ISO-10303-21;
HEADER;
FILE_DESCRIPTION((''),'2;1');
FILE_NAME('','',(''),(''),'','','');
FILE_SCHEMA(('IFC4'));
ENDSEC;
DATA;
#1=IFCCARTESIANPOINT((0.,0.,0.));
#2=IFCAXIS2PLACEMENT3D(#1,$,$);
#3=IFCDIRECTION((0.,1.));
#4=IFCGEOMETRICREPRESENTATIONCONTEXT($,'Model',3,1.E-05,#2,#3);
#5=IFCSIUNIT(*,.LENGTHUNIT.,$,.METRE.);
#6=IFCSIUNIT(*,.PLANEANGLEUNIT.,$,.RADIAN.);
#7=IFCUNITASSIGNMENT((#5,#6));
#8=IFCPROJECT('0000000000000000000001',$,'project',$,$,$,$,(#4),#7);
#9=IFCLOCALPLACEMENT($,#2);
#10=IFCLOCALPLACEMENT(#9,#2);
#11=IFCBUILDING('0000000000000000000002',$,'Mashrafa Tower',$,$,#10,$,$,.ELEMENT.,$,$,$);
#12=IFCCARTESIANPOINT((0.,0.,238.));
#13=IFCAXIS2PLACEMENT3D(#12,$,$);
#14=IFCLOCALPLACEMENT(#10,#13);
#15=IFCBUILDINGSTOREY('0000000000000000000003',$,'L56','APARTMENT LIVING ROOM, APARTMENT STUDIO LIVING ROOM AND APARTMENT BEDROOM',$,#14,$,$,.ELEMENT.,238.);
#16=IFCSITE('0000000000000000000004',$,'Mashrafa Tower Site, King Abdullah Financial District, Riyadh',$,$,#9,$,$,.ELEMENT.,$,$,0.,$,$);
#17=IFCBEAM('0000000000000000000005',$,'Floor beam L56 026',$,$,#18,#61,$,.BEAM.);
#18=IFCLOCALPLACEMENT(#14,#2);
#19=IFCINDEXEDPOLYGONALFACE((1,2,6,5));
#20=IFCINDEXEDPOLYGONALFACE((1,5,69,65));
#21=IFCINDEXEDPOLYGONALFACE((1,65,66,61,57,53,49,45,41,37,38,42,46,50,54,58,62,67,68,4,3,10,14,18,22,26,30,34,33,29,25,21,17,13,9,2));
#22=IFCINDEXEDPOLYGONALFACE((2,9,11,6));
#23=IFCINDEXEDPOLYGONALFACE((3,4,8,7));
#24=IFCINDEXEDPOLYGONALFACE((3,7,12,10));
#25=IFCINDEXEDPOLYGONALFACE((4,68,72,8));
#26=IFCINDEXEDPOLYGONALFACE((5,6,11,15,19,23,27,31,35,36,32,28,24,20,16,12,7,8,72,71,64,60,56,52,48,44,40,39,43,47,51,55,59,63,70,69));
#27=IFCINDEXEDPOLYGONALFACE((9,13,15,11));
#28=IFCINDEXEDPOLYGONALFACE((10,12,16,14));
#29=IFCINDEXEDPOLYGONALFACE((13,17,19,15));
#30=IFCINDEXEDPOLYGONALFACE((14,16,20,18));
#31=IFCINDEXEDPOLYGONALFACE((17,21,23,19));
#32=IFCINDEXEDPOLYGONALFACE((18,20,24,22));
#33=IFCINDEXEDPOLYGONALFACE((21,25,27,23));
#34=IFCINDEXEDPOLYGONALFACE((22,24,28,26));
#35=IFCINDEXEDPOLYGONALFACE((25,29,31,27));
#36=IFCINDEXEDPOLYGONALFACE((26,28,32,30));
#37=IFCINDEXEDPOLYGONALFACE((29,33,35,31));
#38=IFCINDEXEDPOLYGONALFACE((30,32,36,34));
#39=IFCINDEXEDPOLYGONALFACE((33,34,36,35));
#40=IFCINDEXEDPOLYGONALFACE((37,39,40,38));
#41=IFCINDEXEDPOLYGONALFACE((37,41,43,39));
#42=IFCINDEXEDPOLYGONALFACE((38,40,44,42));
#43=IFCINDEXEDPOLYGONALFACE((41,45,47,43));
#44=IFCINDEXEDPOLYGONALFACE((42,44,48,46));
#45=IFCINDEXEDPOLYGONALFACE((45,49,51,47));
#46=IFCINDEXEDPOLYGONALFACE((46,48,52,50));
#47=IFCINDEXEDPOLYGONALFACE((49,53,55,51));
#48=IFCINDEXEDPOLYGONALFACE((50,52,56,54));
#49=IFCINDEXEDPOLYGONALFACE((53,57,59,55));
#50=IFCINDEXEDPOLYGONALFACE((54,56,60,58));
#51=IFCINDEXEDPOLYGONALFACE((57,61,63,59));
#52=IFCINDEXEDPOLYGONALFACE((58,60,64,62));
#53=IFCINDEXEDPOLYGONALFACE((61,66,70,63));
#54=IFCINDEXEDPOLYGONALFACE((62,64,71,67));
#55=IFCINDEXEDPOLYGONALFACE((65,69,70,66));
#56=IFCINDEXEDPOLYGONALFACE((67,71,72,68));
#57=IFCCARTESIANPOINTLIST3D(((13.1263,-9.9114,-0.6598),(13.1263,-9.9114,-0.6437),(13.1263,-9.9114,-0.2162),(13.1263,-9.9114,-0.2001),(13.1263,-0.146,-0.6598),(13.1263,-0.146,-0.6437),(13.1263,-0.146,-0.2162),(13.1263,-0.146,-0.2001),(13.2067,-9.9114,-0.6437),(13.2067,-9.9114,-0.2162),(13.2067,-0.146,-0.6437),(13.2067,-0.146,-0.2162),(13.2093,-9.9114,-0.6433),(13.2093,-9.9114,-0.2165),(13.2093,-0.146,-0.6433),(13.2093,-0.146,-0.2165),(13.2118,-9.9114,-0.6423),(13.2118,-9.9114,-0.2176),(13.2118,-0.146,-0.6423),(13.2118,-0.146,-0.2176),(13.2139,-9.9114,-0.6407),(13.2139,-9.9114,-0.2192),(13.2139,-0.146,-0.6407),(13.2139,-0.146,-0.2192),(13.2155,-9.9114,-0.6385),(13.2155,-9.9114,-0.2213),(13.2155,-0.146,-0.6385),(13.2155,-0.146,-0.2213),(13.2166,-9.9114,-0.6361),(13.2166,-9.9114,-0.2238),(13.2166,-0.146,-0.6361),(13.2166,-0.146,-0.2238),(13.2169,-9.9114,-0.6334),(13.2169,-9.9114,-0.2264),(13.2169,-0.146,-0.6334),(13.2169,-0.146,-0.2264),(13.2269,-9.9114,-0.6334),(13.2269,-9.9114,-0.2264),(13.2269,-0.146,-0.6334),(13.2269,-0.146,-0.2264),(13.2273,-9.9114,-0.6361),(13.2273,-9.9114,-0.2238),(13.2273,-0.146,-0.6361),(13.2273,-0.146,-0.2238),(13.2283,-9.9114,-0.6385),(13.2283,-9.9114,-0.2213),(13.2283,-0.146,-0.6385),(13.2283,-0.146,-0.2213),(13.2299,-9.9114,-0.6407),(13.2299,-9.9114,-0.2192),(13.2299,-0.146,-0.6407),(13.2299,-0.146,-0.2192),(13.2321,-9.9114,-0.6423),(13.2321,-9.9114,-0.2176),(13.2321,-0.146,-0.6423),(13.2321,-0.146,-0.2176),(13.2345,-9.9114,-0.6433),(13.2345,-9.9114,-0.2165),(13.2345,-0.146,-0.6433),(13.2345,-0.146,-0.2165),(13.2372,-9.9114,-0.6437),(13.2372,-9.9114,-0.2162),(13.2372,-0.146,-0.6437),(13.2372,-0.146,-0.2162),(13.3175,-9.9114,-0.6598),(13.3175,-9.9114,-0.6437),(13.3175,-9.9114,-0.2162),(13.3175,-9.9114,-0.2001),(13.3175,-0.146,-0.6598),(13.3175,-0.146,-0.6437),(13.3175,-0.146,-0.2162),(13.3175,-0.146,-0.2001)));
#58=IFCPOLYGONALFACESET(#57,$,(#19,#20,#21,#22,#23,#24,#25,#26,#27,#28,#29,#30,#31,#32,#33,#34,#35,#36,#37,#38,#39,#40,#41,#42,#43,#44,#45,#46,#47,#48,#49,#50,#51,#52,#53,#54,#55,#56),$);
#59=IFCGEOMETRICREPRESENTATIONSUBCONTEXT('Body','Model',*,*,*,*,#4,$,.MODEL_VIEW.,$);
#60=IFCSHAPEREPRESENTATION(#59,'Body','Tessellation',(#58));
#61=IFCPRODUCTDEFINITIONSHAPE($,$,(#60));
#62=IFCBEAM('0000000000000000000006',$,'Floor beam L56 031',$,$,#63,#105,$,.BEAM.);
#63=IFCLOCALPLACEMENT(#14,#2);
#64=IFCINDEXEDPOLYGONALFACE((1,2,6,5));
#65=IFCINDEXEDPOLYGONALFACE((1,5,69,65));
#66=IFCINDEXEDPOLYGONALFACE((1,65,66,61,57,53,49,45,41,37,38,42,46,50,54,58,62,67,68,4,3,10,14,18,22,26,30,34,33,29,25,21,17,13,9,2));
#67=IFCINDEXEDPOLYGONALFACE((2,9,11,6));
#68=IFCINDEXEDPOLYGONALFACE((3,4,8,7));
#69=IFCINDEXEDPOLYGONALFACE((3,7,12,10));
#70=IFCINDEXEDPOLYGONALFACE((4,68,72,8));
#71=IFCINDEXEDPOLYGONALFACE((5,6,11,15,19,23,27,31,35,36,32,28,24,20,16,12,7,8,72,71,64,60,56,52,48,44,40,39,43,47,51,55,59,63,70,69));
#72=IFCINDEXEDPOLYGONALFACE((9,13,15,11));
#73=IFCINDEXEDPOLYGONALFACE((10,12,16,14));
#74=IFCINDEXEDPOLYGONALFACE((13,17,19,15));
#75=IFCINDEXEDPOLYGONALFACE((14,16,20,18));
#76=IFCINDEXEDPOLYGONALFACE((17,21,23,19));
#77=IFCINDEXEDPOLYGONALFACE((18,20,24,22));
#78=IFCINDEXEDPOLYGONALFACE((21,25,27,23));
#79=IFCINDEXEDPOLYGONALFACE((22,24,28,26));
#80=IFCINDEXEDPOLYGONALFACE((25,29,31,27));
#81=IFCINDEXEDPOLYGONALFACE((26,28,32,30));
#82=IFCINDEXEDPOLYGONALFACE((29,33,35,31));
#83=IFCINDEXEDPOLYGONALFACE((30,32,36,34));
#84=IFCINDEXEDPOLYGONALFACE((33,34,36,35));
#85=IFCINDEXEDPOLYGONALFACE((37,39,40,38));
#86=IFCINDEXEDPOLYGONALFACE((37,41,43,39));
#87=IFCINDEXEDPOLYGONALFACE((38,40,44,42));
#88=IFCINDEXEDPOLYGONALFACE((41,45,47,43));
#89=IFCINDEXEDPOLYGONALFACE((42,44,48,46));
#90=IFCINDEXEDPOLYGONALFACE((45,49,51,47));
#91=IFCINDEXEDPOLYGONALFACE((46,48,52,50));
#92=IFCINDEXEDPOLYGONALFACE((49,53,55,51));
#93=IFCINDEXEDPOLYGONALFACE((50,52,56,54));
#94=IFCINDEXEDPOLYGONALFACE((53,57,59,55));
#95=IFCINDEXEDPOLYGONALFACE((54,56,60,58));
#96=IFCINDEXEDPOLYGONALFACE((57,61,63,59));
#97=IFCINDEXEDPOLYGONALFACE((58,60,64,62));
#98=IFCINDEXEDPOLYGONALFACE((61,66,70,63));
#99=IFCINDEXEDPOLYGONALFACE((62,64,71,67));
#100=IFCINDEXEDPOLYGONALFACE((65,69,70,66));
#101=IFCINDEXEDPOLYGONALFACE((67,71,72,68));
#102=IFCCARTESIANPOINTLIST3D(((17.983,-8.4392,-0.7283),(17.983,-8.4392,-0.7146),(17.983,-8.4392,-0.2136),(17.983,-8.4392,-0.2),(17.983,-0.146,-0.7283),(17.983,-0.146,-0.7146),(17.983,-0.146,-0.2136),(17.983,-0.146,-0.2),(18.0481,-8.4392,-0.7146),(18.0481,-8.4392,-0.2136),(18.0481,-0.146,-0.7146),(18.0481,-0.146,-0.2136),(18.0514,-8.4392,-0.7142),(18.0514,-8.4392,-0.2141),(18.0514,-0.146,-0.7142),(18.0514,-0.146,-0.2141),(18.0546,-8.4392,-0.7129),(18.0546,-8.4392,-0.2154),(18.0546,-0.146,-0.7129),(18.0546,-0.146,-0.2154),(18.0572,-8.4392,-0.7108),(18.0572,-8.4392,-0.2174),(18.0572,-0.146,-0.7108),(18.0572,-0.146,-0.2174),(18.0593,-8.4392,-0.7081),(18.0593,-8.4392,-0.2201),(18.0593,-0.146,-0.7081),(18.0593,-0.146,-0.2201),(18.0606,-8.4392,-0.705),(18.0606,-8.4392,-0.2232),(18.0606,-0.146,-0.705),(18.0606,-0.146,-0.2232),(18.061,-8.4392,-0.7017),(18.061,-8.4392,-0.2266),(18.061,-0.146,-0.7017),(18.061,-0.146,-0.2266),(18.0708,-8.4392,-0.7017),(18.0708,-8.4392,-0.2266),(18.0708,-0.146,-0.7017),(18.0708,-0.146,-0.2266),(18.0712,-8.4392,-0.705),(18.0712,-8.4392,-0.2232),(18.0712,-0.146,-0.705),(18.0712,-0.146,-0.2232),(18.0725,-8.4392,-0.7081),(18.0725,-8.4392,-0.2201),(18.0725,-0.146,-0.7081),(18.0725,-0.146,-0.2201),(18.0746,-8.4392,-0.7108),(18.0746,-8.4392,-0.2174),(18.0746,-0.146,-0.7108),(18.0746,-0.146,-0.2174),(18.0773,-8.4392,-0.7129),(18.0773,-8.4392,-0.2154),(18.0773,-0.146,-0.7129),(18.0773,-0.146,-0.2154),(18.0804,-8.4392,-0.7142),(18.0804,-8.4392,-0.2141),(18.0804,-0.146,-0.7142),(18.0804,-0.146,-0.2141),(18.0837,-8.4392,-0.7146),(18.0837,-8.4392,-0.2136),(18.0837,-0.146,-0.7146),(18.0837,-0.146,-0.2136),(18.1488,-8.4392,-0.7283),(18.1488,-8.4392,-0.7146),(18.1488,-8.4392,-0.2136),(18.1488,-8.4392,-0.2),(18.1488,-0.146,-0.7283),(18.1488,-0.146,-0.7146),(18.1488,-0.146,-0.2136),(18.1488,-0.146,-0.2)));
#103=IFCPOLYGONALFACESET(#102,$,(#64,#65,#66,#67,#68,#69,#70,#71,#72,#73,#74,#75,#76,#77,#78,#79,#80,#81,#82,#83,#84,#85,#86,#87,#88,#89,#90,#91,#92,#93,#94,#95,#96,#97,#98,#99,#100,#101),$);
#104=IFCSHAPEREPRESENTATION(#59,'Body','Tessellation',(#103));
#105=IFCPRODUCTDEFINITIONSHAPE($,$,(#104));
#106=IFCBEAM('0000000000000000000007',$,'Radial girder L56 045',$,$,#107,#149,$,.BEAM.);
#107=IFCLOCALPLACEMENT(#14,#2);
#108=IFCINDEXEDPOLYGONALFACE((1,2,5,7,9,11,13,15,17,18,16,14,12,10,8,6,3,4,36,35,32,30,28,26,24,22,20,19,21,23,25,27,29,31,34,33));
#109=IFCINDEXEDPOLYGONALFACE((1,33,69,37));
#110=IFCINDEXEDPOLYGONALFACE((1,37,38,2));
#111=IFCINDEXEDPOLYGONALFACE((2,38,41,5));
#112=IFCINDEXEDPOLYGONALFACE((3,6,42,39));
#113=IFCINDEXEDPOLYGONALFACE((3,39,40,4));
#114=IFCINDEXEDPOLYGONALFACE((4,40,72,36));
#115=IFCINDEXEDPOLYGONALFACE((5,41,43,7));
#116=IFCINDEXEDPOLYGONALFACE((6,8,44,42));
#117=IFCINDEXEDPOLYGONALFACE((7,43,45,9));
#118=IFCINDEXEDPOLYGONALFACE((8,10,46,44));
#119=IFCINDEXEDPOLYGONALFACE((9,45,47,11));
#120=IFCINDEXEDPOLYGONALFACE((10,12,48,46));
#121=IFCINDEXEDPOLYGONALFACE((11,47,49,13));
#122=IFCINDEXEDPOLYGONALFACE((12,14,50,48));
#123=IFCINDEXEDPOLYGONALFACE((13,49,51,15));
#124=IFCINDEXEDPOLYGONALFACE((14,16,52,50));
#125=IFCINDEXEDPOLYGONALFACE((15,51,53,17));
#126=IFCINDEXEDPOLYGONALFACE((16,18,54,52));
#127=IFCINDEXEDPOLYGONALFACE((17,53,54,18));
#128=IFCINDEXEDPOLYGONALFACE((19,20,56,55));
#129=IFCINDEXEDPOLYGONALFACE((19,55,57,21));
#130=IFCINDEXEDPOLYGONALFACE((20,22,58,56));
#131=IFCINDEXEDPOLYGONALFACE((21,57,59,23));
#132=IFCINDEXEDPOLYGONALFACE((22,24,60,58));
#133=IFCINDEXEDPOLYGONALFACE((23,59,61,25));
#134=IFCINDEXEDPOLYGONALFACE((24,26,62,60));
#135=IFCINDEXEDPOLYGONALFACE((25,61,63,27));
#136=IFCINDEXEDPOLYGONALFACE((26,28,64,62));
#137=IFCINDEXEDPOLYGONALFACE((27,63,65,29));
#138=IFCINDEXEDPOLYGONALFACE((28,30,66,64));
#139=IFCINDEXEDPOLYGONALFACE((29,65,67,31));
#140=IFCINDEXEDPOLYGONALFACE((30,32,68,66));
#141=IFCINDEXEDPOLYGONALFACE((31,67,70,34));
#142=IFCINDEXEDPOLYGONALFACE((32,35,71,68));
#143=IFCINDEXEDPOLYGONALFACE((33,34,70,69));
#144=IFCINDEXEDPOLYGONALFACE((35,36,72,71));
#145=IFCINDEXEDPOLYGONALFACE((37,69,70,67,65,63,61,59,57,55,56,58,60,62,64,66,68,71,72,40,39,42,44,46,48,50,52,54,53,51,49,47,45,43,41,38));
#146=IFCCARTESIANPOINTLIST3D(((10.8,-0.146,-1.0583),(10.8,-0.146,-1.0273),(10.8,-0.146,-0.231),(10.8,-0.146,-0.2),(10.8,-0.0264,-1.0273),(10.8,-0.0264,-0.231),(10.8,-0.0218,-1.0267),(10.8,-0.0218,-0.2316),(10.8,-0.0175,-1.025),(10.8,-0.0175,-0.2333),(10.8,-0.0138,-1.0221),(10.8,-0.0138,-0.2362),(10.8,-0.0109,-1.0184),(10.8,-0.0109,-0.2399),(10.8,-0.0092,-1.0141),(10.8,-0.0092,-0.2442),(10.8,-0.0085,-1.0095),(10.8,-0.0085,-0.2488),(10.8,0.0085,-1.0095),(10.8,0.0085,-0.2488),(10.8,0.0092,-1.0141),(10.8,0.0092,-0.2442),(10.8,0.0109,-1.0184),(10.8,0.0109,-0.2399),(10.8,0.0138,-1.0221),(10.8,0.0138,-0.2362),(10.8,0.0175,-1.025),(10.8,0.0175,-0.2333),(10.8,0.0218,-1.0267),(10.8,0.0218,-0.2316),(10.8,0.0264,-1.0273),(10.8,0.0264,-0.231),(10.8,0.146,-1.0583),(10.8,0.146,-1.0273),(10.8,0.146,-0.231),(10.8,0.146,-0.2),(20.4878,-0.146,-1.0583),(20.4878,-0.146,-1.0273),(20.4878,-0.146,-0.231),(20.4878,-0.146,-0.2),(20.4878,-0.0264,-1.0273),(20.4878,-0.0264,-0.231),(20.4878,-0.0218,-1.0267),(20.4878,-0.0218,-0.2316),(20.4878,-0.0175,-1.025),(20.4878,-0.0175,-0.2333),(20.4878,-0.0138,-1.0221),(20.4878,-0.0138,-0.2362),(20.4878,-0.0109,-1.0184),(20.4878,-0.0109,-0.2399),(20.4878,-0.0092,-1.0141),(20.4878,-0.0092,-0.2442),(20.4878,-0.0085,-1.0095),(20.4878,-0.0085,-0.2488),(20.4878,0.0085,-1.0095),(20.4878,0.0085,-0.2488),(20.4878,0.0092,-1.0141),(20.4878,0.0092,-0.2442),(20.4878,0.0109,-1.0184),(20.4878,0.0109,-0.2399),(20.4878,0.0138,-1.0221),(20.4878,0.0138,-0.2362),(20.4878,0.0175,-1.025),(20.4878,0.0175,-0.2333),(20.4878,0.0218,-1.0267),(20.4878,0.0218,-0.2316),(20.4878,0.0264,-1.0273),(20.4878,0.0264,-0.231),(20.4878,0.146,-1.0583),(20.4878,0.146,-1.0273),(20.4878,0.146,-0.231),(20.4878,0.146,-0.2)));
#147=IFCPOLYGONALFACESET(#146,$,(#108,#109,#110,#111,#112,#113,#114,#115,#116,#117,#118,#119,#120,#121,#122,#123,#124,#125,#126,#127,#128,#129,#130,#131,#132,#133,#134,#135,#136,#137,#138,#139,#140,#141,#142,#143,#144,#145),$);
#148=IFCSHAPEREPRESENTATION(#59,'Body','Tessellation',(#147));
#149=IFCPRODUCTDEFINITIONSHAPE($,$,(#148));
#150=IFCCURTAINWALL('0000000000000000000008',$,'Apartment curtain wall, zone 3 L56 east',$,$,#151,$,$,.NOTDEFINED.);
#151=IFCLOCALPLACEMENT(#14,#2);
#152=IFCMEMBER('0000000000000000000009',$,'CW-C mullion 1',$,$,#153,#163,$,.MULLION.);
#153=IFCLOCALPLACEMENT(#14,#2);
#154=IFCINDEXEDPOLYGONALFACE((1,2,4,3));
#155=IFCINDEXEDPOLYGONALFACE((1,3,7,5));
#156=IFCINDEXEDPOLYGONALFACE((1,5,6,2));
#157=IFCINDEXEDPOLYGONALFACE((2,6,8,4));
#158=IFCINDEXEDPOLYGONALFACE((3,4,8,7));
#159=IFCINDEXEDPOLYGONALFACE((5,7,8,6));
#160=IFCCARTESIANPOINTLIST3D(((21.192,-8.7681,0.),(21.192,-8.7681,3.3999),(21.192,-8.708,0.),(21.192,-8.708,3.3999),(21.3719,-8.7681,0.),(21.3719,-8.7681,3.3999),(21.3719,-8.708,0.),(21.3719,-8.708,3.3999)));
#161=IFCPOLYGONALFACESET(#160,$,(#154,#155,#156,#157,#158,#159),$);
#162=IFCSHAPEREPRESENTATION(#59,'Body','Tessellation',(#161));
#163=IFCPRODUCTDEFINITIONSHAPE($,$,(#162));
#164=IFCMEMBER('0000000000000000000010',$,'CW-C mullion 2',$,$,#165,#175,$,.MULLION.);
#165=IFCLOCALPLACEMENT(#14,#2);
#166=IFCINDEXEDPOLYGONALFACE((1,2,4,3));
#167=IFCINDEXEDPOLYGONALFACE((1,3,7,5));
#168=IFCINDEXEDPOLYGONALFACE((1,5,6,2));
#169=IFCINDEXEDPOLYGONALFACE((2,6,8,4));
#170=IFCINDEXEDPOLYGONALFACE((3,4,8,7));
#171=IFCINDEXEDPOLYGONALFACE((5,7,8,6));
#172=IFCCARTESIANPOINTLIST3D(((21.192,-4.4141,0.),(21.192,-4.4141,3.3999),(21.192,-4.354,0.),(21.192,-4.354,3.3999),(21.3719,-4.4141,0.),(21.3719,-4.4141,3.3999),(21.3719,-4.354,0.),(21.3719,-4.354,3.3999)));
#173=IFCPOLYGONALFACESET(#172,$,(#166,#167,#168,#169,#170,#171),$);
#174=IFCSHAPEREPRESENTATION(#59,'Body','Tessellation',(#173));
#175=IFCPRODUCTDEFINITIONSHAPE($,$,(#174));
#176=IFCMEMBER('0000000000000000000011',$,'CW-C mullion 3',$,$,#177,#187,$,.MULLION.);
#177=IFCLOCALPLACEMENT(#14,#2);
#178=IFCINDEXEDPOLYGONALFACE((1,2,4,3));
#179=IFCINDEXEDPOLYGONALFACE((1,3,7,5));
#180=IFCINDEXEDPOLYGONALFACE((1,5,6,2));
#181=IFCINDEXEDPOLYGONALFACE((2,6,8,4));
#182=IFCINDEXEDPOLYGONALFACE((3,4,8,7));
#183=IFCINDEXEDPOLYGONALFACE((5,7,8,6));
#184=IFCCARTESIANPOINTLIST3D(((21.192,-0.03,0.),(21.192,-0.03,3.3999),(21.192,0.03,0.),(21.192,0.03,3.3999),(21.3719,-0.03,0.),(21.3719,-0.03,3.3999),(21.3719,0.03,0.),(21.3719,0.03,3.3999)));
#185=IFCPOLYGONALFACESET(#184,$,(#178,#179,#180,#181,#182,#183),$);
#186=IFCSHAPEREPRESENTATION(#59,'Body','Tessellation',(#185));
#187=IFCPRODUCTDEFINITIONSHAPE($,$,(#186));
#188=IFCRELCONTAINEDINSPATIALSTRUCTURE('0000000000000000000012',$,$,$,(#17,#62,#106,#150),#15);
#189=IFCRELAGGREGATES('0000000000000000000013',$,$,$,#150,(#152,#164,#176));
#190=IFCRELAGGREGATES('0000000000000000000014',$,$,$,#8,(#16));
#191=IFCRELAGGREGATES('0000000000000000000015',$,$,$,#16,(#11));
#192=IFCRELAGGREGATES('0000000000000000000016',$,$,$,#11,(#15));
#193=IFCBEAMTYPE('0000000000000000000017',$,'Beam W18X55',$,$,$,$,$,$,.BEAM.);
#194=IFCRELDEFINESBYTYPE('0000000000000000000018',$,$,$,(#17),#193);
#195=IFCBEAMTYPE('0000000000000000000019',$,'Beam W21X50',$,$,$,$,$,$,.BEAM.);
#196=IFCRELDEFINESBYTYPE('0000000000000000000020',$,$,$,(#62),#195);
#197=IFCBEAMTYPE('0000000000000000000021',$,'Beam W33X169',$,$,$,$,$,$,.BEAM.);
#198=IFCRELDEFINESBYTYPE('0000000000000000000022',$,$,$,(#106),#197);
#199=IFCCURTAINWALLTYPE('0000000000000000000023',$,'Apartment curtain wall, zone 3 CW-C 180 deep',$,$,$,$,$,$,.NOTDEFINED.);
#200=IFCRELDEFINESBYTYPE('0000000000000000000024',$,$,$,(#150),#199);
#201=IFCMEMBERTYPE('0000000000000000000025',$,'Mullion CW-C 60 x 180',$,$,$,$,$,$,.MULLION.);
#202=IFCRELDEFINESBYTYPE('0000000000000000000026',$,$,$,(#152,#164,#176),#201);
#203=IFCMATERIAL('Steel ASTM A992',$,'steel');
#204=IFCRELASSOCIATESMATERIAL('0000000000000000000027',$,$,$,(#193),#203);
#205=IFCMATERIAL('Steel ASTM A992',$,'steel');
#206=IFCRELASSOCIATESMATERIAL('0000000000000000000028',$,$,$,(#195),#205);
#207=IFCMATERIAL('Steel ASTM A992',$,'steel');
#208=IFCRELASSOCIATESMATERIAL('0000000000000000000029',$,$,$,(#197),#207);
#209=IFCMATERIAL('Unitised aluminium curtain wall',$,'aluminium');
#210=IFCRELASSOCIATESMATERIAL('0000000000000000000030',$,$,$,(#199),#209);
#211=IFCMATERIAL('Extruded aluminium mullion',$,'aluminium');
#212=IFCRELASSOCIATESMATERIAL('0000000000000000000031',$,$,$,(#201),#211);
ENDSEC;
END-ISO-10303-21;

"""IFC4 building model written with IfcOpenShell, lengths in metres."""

from ifc_helpers import new_model, si_unit, direction, frame, origin, origin_2d, place, context, subcontext, project, spatial, rectangle, i_section, extrude, source, transform, mapped, material, material_profile, profile_set, type_object, type_shapes, element, aggregate, save


model = new_model("IFC4")

# Units and contexts
model_context = context("Model", 3, precision=1e-05, world=origin(), true_north=direction((0.0, 1.0)))
body_context = subcontext(model_context, "Body", "Model", "MODEL_VIEW")
ifc_project = project(units=[si_unit("LENGTHUNIT", "METRE"), si_unit("PLANEANGLEUNIT", "RADIAN")], contexts=[model_context])

# Site, building, storey
site_placement = place(None, origin())
site = spatial("IfcSite", under=ifc_project, at=site_placement, Name="Mashrafa Tower Site, King Abdullah Financial District, Riyadh", CompositionType="ELEMENT", RefElevation=0.0)
building_placement = place(site_placement, origin())
building = spatial("IfcBuilding", under=site, at=building_placement, Name="Mashrafa Tower", CompositionType="ELEMENT")
storey_placement = place(building_placement, frame((0.0, 0.0, 238.0)))
storey = spatial("IfcBuildingStorey", under=building, at=storey_placement, Name="L56", Description="APARTMENT LIVING ROOM, APARTMENT STUDIO LIVING ROOM AND APARTMENT BEDROOM", CompositionType="ELEMENT", Elevation=238.0)

# Beams
ifc_material_1 = material(Name="Steel ASTM A992", Category="steel")
ifc_material_profile_1 = material_profile(ifc_material_1, i_section(OverallWidth=0.1912, OverallDepth=0.4597, WebThickness=0.01, FlangeThickness=0.0161, FilletRadius=0.0103, at=origin_2d()), Name="W18X55")
ifc_profile_set_1 = profile_set([ifc_material_profile_1], Name="Steel ASTM A992")
beam_type_1 = type_object("IfcBeamType", Name="Beam W18X55", PredefinedType="BEAM", material=ifc_profile_set_1)
beam_1_placement = place(storey_placement, frame((13.2219, -0.146, -0.4299), z_axis=(0.0, -1.0, 0.0), x_axis=(1.0, 0.0, 0.0)))
element("IfcBeam", 1, at=beam_1_placement, inside=storey, type_object=beam_type_1, Name="Floor beam L56 026", PredefinedType="BEAM", context=body_context, shape_type="SweptSolid", body=[
    extrude(i_section(OverallWidth=0.1912, OverallDepth=0.4597, WebThickness=0.01, FlangeThickness=0.0161, FilletRadius=0.0103, at=origin_2d()), origin(), (0.0, 0.0, 1.0), 9.7654),
])
ifc_material_2 = material(Name="Steel ASTM A992", Category="steel")
ifc_material_profile_2 = material_profile(ifc_material_2, i_section(OverallWidth=0.1658, OverallDepth=0.5283, WebThickness=0.0098, FlangeThickness=0.0137, FilletRadius=0.0129, at=origin_2d()), Name="W21X50")
ifc_profile_set_2 = profile_set([ifc_material_profile_2], Name="Steel ASTM A992")
beam_type_2 = type_object("IfcBeamType", Name="Beam W21X50", PredefinedType="BEAM", material=ifc_profile_set_2)
beam_2_placement = place(storey_placement, frame((18.0659, -0.146, -0.4641), z_axis=(0.0, -1.0, 0.0), x_axis=(1.0, 0.0, 0.0)))
element("IfcBeam", 2, at=beam_2_placement, inside=storey, type_object=beam_type_2, Name="Floor beam L56 031", PredefinedType="BEAM", context=body_context, shape_type="SweptSolid", body=[
    extrude(i_section(OverallWidth=0.1658, OverallDepth=0.5283, WebThickness=0.0098, FlangeThickness=0.0137, FilletRadius=0.0129, at=origin_2d()), origin(), (0.0, 0.0, 1.0), 8.2932),
])
ifc_material_3 = material(Name="Steel ASTM A992", Category="steel")
ifc_material_profile_3 = material_profile(ifc_material_3, i_section(OverallWidth=0.292, OverallDepth=0.8584, WebThickness=0.0171, FlangeThickness=0.031, FilletRadius=0.0178, at=origin_2d()), Name="W33X169")
ifc_profile_set_3 = profile_set([ifc_material_profile_3], Name="Steel ASTM A992")
beam_type_3 = type_object("IfcBeamType", Name="Beam W33X169", PredefinedType="BEAM", material=ifc_profile_set_3)
beam_3_placement = place(storey_placement, frame((10.8, 0.0, -0.6292), z_axis=(1.0, 0.0, 0.0), x_axis=(0.0, 1.0, 0.0)))
element("IfcBeam", 3, at=beam_3_placement, inside=storey, type_object=beam_type_3, Name="Radial girder L56 045", PredefinedType="BEAM", context=body_context, shape_type="SweptSolid", body=[
    extrude(i_section(OverallWidth=0.292, OverallDepth=0.8584, WebThickness=0.0171, FlangeThickness=0.031, FilletRadius=0.0178, at=origin_2d()), origin(), (0.0, 0.0, 1.0), 9.6877),
])

# Curtain wall, members
ifc_material_4 = material(Name="Unitised aluminium curtain wall", Category="aluminium")
curtain_wall_type = type_object("IfcCurtainWallType", Name="Apartment curtain wall, zone 3 CW-C 180 deep", PredefinedType="NOTDEFINED", material=ifc_material_4)
curtain_wall_1_placement = place(storey_placement, origin())
curtain_wall_1 = element("IfcCurtainWall", 4, at=curtain_wall_1_placement, inside=storey, type_object=curtain_wall_type, Name="Apartment curtain wall, zone 3 L56 east", PredefinedType="NOTDEFINED")
ifc_material_5 = material(Name="Extruded aluminium mullion", Category="aluminium")
ifc_material_profile_4 = material_profile(ifc_material_5, rectangle(XDim=0.1799, YDim=0.0601, at=origin_2d()), Name="Mullion 60x180")
ifc_profile_set_4 = profile_set([ifc_material_profile_4], Name="Extruded aluminium mullion")
member_type_1 = type_object("IfcMemberType", Name="Mullion CW-C 60 x 180", PredefinedType="MULLION", material=ifc_profile_set_4)
shared_shape_1 = source(origin(), body_context, "Body", "SweptSolid", [
    extrude(rectangle(XDim=0.1799, YDim=0.0601, at=origin_2d()), origin(), (0.0, 0.0, 1.0), 3.3999),
])
type_shapes(member_type_1, [shared_shape_1])
member_1_placement = place(storey_placement, frame((21.282, -8.738, 0.0), z_axis=(0.0, 0.0, 1.0), x_axis=(-1.0, 0.0, 0.0)))
member_1 = element("IfcMember", 5, at=member_1_placement, type_object=member_type_1, Name="CW-C mullion 1", PredefinedType="MULLION", context=body_context, shape_type="MappedRepresentation", body=[
    mapped(shared_shape_1, transform((0.0, 0.0, 0.0))),
])
member_2_placement = place(storey_placement, frame((21.282, -4.384, 0.0), z_axis=(0.0, 0.0, 1.0), x_axis=(-1.0, 0.0, 0.0)))
member_2 = element("IfcMember", 6, at=member_2_placement, type_object=member_type_1, Name="CW-C mullion 2", PredefinedType="MULLION", context=body_context, shape_type="MappedRepresentation", body=[
    mapped(shared_shape_1, transform((0.0, 0.0, 0.0))),
])
member_3_placement = place(storey_placement, frame((21.282, 0.0, 0.0), z_axis=(0.0, 0.0, 1.0), x_axis=(-1.0, 0.0, 0.0)))
member_3 = element("IfcMember", 7, at=member_3_placement, type_object=member_type_1, Name="CW-C mullion 3", PredefinedType="MULLION", context=body_context, shape_type="MappedRepresentation", body=[
    mapped(shared_shape_1, transform((0.0, 0.0, 0.0))),
])

aggregate(curtain_wall_1, [member_1, member_2, member_3])

save(model, "model.ifc")
